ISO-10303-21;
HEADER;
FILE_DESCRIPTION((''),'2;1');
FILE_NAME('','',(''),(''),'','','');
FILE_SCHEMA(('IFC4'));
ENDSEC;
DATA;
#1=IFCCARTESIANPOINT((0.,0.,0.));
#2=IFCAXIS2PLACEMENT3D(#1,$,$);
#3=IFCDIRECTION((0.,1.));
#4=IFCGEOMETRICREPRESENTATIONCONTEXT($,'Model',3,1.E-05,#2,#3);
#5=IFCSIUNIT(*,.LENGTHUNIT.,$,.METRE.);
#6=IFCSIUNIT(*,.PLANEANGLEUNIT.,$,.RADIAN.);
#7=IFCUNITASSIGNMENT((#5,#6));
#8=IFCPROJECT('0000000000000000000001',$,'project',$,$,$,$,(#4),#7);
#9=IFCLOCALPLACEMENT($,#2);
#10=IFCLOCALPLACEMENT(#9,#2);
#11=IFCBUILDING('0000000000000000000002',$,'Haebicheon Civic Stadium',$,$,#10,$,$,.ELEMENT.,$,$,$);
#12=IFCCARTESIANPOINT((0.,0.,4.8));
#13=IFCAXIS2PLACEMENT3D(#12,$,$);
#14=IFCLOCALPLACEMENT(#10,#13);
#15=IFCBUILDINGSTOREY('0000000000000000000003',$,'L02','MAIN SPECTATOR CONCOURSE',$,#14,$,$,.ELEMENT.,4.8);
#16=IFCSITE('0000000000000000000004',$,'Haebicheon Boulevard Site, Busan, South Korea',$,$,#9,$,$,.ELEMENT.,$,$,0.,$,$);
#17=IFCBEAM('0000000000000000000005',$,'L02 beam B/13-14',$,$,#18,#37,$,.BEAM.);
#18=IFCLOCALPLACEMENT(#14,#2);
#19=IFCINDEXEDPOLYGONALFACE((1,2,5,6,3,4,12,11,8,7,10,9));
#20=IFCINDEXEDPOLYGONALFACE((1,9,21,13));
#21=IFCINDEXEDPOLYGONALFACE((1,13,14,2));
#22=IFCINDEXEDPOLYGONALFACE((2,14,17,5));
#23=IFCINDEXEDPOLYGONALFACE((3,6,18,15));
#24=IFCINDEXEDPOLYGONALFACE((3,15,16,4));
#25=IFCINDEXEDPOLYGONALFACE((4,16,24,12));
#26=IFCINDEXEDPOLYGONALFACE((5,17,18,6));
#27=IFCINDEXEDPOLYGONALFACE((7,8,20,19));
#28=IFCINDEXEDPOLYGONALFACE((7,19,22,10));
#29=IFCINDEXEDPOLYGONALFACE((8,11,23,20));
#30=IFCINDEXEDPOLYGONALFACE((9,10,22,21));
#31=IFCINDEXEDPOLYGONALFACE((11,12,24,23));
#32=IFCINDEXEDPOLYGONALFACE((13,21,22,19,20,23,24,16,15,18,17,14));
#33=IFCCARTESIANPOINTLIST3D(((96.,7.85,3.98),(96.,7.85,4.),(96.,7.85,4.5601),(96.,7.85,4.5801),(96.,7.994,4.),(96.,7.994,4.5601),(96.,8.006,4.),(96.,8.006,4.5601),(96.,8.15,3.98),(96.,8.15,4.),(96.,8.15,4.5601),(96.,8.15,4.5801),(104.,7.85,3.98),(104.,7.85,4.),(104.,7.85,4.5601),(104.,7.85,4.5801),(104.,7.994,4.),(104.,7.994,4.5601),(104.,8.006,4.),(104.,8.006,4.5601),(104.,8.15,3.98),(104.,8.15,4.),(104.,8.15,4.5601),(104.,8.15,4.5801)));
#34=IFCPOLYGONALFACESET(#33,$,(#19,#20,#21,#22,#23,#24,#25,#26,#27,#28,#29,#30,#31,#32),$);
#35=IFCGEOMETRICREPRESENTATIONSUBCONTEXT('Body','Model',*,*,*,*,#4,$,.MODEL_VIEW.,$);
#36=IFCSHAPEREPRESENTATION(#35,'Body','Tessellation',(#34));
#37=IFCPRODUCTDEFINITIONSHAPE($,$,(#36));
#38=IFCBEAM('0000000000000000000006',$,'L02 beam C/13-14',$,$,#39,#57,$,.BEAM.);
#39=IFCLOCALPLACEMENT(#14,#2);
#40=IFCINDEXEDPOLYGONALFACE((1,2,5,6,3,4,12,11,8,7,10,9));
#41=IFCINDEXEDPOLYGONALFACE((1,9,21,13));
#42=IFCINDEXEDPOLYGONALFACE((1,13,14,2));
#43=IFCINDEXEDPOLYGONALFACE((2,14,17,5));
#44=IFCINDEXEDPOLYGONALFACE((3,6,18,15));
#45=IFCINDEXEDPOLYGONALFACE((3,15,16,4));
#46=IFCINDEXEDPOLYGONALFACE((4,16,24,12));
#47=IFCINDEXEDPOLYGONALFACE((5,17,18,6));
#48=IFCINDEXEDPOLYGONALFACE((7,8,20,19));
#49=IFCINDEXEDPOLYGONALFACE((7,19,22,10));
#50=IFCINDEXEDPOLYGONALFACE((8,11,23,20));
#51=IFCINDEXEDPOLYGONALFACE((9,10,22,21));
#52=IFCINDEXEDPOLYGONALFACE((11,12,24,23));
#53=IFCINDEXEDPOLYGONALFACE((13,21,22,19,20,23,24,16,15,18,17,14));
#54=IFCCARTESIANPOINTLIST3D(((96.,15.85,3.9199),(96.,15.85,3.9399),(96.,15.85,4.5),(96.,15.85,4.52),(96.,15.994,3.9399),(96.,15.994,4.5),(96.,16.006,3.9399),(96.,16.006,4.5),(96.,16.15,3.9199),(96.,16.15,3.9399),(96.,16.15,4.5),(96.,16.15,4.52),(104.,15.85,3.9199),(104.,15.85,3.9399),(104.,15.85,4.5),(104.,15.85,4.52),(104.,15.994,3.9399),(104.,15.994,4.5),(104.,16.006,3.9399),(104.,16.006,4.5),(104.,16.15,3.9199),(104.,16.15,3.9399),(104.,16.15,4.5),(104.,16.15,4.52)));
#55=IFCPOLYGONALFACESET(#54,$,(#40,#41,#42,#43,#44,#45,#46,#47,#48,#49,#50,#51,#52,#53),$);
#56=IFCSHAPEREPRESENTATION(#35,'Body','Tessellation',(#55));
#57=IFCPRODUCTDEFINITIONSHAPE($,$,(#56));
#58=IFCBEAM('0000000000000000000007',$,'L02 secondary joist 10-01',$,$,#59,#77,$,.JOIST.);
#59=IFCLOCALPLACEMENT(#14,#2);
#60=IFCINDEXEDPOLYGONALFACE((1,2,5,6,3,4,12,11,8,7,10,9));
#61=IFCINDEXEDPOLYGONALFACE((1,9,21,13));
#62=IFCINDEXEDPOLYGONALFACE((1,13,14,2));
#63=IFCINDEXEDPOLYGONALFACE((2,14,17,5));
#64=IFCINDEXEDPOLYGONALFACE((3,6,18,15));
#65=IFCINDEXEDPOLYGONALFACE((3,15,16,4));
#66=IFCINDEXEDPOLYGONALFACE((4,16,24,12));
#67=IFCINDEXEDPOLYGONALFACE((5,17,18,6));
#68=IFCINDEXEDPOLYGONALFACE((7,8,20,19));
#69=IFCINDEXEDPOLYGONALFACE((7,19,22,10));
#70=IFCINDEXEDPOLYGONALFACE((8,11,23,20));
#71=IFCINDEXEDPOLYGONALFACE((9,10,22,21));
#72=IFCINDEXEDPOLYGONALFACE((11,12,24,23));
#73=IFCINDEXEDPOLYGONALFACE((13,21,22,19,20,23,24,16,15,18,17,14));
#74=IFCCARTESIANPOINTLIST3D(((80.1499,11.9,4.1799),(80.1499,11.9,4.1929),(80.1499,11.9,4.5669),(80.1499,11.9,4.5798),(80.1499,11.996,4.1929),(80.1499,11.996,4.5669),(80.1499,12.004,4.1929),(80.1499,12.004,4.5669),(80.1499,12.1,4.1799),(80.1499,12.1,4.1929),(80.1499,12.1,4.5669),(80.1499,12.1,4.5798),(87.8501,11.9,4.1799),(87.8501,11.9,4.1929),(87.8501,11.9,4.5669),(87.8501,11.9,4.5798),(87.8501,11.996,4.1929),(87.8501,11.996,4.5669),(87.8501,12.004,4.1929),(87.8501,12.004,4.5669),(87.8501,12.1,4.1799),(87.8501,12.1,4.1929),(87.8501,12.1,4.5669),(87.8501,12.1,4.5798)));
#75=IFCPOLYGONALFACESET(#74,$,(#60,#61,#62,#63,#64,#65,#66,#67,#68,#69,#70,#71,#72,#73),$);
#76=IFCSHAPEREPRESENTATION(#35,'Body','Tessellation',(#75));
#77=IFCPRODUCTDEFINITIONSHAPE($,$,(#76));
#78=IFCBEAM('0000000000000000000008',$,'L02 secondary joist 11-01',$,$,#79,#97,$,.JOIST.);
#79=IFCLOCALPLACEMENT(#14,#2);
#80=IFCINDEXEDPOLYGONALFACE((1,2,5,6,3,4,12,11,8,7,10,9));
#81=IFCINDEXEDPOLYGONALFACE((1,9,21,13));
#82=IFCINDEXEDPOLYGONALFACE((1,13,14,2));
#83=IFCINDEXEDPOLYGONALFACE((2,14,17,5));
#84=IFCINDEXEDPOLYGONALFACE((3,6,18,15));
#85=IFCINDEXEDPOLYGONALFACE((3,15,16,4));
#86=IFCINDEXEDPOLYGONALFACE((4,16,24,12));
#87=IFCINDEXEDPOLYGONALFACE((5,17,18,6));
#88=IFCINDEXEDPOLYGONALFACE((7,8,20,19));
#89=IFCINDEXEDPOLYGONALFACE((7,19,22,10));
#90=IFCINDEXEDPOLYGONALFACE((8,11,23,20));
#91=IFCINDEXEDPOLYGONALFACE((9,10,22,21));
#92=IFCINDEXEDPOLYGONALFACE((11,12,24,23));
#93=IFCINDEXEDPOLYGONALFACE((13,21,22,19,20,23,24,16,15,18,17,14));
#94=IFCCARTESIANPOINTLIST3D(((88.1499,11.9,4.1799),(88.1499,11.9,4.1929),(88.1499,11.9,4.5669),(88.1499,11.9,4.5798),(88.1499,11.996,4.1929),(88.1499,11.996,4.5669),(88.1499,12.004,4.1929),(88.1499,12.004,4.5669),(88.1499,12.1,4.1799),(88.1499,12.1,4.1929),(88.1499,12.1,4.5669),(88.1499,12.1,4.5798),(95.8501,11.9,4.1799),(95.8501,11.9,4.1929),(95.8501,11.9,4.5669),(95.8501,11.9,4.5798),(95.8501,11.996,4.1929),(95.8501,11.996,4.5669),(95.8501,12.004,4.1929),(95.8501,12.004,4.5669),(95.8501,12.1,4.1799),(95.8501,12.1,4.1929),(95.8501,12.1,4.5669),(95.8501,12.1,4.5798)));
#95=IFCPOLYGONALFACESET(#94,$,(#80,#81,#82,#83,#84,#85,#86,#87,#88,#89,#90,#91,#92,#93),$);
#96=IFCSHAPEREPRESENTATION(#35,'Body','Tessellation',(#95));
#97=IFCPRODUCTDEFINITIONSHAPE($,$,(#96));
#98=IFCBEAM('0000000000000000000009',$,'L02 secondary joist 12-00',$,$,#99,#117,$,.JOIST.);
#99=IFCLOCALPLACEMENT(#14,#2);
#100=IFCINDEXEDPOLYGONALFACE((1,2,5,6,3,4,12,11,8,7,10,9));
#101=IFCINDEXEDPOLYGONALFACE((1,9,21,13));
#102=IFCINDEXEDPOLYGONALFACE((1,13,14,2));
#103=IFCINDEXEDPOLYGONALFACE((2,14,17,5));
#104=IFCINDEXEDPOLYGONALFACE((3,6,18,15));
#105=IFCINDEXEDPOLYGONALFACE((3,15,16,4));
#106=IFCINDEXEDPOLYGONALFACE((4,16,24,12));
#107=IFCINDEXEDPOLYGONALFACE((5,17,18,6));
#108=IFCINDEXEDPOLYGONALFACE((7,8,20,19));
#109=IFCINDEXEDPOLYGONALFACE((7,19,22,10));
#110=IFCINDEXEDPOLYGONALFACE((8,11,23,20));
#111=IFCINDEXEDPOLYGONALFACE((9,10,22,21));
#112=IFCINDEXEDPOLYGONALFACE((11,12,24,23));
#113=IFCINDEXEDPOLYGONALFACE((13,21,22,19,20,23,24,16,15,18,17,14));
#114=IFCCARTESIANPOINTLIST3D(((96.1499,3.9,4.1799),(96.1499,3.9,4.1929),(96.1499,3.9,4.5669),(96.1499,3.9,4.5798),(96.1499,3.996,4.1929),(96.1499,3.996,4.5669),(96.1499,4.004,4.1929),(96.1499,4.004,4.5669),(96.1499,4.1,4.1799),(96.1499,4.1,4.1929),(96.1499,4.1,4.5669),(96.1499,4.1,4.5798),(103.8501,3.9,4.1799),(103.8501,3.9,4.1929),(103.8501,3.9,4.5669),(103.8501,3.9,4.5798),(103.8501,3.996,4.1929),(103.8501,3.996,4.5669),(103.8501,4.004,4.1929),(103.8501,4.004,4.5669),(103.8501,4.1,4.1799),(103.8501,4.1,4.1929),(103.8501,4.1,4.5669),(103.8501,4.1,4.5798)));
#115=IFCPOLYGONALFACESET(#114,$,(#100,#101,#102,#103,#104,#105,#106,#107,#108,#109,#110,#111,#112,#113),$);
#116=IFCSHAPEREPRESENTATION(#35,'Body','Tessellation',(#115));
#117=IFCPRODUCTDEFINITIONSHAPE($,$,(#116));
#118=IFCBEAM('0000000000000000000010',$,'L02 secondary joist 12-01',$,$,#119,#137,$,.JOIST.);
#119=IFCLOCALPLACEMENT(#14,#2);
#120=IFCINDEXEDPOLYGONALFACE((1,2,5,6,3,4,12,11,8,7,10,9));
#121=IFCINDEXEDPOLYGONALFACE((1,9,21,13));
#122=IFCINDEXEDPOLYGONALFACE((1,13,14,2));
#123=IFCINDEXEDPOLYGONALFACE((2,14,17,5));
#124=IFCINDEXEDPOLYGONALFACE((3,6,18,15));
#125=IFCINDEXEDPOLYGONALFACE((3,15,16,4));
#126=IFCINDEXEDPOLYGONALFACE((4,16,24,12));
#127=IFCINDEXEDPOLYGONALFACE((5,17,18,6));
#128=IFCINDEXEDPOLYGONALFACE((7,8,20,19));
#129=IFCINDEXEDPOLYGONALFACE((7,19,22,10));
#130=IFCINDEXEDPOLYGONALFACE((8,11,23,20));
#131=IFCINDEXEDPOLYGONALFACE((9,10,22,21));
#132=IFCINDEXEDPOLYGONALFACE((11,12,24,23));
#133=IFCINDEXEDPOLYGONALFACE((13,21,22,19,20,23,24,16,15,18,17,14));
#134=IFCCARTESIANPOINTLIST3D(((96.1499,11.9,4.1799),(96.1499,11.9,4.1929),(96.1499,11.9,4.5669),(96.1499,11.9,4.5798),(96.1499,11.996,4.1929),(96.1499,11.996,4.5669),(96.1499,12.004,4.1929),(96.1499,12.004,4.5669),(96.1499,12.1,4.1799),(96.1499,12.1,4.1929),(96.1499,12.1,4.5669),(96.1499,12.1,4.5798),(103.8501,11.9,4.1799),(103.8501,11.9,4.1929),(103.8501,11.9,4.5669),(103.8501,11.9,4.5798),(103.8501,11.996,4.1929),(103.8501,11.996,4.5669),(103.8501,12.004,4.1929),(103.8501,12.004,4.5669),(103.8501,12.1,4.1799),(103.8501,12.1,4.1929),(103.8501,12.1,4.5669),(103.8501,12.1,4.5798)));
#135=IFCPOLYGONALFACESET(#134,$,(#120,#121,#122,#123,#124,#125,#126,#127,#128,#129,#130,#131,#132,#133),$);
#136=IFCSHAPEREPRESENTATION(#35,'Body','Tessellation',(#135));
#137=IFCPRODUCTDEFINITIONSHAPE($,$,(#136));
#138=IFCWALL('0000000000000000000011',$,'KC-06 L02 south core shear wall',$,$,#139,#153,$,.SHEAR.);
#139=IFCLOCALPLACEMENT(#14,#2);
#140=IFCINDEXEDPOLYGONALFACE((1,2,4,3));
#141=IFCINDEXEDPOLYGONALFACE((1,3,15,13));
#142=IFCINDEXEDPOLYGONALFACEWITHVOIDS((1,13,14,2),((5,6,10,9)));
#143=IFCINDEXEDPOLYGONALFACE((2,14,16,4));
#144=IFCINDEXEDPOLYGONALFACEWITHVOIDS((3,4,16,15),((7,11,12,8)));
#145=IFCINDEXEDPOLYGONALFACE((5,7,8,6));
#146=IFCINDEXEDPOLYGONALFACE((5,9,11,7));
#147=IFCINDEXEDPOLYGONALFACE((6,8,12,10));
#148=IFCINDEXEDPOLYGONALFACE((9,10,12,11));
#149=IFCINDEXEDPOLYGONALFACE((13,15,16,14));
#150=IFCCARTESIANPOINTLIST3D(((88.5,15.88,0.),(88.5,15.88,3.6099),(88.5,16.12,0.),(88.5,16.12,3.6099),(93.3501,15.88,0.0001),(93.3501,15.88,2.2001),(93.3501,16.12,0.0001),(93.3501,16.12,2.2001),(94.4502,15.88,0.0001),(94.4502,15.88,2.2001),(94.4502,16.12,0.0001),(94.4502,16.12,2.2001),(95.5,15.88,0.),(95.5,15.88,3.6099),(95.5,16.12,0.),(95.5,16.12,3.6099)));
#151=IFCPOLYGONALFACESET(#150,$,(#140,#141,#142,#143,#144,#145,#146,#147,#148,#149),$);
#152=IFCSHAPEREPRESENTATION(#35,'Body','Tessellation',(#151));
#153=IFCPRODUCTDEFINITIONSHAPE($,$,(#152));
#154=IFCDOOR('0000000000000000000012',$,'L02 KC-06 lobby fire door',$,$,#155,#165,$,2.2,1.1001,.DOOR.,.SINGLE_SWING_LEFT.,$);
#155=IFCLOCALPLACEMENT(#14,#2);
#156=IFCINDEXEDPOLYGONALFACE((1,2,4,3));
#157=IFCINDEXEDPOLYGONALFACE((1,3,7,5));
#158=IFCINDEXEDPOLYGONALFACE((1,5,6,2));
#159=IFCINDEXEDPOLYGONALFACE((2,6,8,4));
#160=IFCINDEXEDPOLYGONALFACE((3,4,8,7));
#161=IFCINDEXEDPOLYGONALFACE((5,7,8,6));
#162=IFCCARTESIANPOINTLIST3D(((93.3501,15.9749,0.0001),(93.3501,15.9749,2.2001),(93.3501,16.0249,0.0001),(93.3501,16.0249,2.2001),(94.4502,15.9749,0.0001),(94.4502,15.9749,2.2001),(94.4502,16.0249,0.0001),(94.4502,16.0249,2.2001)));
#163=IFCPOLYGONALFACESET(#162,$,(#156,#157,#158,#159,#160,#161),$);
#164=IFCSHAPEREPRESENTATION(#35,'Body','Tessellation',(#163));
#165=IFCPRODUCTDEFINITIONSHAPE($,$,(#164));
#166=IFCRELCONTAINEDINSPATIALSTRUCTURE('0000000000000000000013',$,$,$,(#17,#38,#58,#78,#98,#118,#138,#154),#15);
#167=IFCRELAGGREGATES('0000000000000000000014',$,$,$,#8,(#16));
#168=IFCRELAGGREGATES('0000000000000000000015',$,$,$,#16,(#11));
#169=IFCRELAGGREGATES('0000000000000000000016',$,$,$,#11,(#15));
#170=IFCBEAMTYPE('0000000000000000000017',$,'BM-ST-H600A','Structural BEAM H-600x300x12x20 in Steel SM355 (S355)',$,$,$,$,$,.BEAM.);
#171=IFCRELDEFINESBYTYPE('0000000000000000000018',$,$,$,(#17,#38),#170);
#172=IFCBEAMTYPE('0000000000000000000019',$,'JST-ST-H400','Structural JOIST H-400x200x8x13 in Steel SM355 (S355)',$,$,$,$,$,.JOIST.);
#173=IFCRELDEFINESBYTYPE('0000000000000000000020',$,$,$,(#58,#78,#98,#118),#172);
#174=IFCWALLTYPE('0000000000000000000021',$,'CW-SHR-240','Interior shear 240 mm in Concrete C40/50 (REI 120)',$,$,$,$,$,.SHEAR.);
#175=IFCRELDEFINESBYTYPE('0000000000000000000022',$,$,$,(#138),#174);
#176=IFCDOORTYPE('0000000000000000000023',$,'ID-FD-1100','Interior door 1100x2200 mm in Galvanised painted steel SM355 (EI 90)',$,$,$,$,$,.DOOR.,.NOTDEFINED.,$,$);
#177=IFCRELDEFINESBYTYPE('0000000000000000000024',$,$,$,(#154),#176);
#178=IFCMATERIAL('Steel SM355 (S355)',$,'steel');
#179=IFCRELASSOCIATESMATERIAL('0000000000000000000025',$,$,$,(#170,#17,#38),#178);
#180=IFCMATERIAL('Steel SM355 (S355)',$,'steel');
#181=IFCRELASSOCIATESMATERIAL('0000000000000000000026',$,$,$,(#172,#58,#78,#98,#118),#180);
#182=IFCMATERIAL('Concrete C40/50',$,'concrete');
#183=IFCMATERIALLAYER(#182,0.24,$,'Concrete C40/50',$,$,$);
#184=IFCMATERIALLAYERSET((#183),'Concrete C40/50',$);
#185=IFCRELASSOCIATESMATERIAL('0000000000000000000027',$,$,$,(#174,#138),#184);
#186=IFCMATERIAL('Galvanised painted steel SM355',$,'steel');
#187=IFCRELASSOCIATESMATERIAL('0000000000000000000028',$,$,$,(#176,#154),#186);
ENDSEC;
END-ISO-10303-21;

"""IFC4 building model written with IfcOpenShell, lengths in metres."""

from ifc_helpers import new_model, si_unit, direction, frame, frame_2d, origin, origin_2d, place, context, subcontext, project, spatial, rectangle, i_section, extrude, material, layer, layer_set, material_profile, profile_set, type_object, element, fill, save


model = new_model("IFC4")

# Units and contexts
model_context = context("Model", 3, precision=1e-05, world=origin(), true_north=direction((0.0, 1.0)))
body_context = subcontext(model_context, "Body", "Model", "MODEL_VIEW")
ifc_project = project(units=[si_unit("LENGTHUNIT", "METRE"), si_unit("PLANEANGLEUNIT", "RADIAN")], contexts=[model_context])

# Site, building, storey
site_placement = place(None, origin())
site = spatial("IfcSite", under=ifc_project, at=site_placement, Name="Haebicheon Boulevard Site, Busan, South Korea", CompositionType="ELEMENT", RefElevation=0.0)
building_placement = place(site_placement, origin())
building = spatial("IfcBuilding", under=site, at=building_placement, Name="Haebicheon Civic Stadium", CompositionType="ELEMENT")
storey_placement = place(building_placement, frame((0.0, 0.0, 4.8)))
storey = spatial("IfcBuildingStorey", under=building, at=storey_placement, Name="L02", Description="MAIN SPECTATOR CONCOURSE", CompositionType="ELEMENT", Elevation=4.8)

# Beams
ifc_material_1 = material(Name="Steel SM355 (S355)", Category="steel")
ifc_material_profile_1 = material_profile(ifc_material_1, i_section(OverallWidth=0.3, OverallDepth=0.6001, WebThickness=0.012, FlangeThickness=0.02, at=origin_2d()), Name="H-600x300x12x20")
ifc_profile_set_1 = profile_set([ifc_material_profile_1], Name="Steel SM355 (S355)")
beam_type_1 = type_object("IfcBeamType", Name="BM-ST-H600A", Description="Structural BEAM H-600x300x12x20 in Steel SM355 (S355)", PredefinedType="BEAM", material=ifc_profile_set_1)
for number, where, z_axis, x_axis, name in (
    (1, (96.0, 8.0, 4.28), (1.0, 0.0, 0.0), (0.0, 1.0, 0.0), "L02 beam B/13-14"),
    (2, (96.0, 16.0, 4.22), (1.0, 0.0, 0.0), (0.0, 1.0, 0.0), "L02 beam C/13-14"),
):
    element("IfcBeam", number, at=place(storey_placement, frame(where, z_axis=z_axis, x_axis=x_axis)), inside=storey, type_object=beam_type_1, material=ifc_profile_set_1, Name=name, PredefinedType="BEAM", context=body_context, shape_type="SweptSolid", body=[
        extrude(i_section(OverallWidth=0.3, OverallDepth=0.6001, WebThickness=0.012, FlangeThickness=0.02, at=origin_2d()), origin(), (0.0, 0.0, 1.0), 8.0),
    ])
ifc_material_2 = material(Name="Steel SM355 (S355)", Category="steel")
ifc_material_profile_2 = material_profile(ifc_material_2, i_section(OverallWidth=0.2, OverallDepth=0.3999, WebThickness=0.0081, FlangeThickness=0.0129, at=origin_2d()), Name="H-400x200x8x13")
ifc_profile_set_2 = profile_set([ifc_material_profile_2], Name="Steel SM355 (S355)")
beam_type_2 = type_object("IfcBeamType", Name="JST-ST-H400", Description="Structural JOIST H-400x200x8x13 in Steel SM355 (S355)", PredefinedType="JOIST", material=ifc_profile_set_2)
for number, where, z_axis, x_axis, name in (
    (3, (80.1499, 12.0, 4.3799), (1.0, 0.0, 0.0), (0.0, 1.0, 0.0), "L02 secondary joist 10-01"),
    (4, (88.1499, 12.0, 4.3799), (1.0, 0.0, 0.0), (0.0, 1.0, 0.0), "L02 secondary joist 11-01"),
    (5, (96.1499, 4.0, 4.3799), (1.0, 0.0, 0.0), (0.0, 1.0, 0.0), "L02 secondary joist 12-00"),
    (6, (96.1499, 12.0, 4.3799), (1.0, 0.0, 0.0), (0.0, 1.0, 0.0), "L02 secondary joist 12-01"),
):
    element("IfcBeam", number, at=place(storey_placement, frame(where, z_axis=z_axis, x_axis=x_axis)), inside=storey, type_object=beam_type_2, material=ifc_profile_set_2, Name=name, PredefinedType="JOIST", context=body_context, shape_type="SweptSolid", body=[
        extrude(i_section(OverallWidth=0.2, OverallDepth=0.3999, WebThickness=0.0081, FlangeThickness=0.0129, at=origin_2d()), origin(), (0.0, 0.0, 1.0), 7.7002),
    ])

# Wall, opening, door
ifc_material_3 = material(Name="Concrete C40/50", Category="concrete")
ifc_layer = layer(ifc_material_3, 0.24, Name="Concrete C40/50")
ifc_layer_set = layer_set([ifc_layer], Name="Concrete C40/50")
wall_type = type_object("IfcWallType", Name="CW-SHR-240", Description="Interior shear 240 mm in Concrete C40/50 (REI 120)", PredefinedType="SHEAR", material=ifc_layer_set)
wall_placement = place(storey_placement, frame((88.5, 16.0, 0.0), z_axis=(0.0, 0.0, 1.0), x_axis=(1.0, 0.0, 0.0)))
wall = element("IfcWall", 7, at=wall_placement, inside=storey, type_object=wall_type, material=ifc_layer_set, Name="KC-06 L02 south core shear wall", PredefinedType="SHEAR", context=body_context, shape_type="SweptSolid", body=[
    extrude(rectangle(XDim=7.0, YDim=0.24, at=frame_2d((3.5, 0.0))), origin(), (0.0, 0.0, 1.0), 3.6099),
])
opening_placement = place(wall_placement, frame((4.8501, 0.0, 0.0)))
opening = element("IfcOpeningElement", 8, at=opening_placement, cuts=wall, PredefinedType="OPENING", context=body_context, shape_type="SweptSolid", body=[
    extrude(rectangle(XDim=1.1001, YDim=2.2, at=frame_2d((0.55, 1.1001))), frame((0.0, 0.1299, 0.0), z_axis=(0.0, -1.0, 0.0), x_axis=(1.0, 0.0, 0.0)), (0.0, 0.0, 1.0), 0.26),
])
ifc_material_4 = material(Name="Galvanised painted steel SM355", Category="steel")
door_type = type_object("IfcDoorType", Name="ID-FD-1100", Description="Interior door 1100x2200 mm in Galvanised painted steel SM355 (EI 90)", OperationType="NOTDEFINED", PredefinedType="DOOR", material=ifc_material_4)
door_placement = place(opening_placement, origin())
door = element("IfcDoor", 9, at=door_placement, inside=storey, type_object=door_type, material=ifc_material_4, Name="L02 KC-06 lobby fire door", OperationType="SINGLE_SWING_LEFT", OverallHeight=2.2, OverallWidth=1.1001, PredefinedType="DOOR", context=body_context, shape_type="SweptSolid", body=[
    extrude(rectangle(XDim=1.1001, YDim=2.2, at=frame_2d((0.55, 1.1001))), frame((0.0, 0.0249, 0.0), z_axis=(0.0, -1.0, 0.0), x_axis=(1.0, 0.0, 0.0)), (0.0, 0.0, 1.0), 0.05),
])
fill(opening, door)

save(model, "model.ifc")
